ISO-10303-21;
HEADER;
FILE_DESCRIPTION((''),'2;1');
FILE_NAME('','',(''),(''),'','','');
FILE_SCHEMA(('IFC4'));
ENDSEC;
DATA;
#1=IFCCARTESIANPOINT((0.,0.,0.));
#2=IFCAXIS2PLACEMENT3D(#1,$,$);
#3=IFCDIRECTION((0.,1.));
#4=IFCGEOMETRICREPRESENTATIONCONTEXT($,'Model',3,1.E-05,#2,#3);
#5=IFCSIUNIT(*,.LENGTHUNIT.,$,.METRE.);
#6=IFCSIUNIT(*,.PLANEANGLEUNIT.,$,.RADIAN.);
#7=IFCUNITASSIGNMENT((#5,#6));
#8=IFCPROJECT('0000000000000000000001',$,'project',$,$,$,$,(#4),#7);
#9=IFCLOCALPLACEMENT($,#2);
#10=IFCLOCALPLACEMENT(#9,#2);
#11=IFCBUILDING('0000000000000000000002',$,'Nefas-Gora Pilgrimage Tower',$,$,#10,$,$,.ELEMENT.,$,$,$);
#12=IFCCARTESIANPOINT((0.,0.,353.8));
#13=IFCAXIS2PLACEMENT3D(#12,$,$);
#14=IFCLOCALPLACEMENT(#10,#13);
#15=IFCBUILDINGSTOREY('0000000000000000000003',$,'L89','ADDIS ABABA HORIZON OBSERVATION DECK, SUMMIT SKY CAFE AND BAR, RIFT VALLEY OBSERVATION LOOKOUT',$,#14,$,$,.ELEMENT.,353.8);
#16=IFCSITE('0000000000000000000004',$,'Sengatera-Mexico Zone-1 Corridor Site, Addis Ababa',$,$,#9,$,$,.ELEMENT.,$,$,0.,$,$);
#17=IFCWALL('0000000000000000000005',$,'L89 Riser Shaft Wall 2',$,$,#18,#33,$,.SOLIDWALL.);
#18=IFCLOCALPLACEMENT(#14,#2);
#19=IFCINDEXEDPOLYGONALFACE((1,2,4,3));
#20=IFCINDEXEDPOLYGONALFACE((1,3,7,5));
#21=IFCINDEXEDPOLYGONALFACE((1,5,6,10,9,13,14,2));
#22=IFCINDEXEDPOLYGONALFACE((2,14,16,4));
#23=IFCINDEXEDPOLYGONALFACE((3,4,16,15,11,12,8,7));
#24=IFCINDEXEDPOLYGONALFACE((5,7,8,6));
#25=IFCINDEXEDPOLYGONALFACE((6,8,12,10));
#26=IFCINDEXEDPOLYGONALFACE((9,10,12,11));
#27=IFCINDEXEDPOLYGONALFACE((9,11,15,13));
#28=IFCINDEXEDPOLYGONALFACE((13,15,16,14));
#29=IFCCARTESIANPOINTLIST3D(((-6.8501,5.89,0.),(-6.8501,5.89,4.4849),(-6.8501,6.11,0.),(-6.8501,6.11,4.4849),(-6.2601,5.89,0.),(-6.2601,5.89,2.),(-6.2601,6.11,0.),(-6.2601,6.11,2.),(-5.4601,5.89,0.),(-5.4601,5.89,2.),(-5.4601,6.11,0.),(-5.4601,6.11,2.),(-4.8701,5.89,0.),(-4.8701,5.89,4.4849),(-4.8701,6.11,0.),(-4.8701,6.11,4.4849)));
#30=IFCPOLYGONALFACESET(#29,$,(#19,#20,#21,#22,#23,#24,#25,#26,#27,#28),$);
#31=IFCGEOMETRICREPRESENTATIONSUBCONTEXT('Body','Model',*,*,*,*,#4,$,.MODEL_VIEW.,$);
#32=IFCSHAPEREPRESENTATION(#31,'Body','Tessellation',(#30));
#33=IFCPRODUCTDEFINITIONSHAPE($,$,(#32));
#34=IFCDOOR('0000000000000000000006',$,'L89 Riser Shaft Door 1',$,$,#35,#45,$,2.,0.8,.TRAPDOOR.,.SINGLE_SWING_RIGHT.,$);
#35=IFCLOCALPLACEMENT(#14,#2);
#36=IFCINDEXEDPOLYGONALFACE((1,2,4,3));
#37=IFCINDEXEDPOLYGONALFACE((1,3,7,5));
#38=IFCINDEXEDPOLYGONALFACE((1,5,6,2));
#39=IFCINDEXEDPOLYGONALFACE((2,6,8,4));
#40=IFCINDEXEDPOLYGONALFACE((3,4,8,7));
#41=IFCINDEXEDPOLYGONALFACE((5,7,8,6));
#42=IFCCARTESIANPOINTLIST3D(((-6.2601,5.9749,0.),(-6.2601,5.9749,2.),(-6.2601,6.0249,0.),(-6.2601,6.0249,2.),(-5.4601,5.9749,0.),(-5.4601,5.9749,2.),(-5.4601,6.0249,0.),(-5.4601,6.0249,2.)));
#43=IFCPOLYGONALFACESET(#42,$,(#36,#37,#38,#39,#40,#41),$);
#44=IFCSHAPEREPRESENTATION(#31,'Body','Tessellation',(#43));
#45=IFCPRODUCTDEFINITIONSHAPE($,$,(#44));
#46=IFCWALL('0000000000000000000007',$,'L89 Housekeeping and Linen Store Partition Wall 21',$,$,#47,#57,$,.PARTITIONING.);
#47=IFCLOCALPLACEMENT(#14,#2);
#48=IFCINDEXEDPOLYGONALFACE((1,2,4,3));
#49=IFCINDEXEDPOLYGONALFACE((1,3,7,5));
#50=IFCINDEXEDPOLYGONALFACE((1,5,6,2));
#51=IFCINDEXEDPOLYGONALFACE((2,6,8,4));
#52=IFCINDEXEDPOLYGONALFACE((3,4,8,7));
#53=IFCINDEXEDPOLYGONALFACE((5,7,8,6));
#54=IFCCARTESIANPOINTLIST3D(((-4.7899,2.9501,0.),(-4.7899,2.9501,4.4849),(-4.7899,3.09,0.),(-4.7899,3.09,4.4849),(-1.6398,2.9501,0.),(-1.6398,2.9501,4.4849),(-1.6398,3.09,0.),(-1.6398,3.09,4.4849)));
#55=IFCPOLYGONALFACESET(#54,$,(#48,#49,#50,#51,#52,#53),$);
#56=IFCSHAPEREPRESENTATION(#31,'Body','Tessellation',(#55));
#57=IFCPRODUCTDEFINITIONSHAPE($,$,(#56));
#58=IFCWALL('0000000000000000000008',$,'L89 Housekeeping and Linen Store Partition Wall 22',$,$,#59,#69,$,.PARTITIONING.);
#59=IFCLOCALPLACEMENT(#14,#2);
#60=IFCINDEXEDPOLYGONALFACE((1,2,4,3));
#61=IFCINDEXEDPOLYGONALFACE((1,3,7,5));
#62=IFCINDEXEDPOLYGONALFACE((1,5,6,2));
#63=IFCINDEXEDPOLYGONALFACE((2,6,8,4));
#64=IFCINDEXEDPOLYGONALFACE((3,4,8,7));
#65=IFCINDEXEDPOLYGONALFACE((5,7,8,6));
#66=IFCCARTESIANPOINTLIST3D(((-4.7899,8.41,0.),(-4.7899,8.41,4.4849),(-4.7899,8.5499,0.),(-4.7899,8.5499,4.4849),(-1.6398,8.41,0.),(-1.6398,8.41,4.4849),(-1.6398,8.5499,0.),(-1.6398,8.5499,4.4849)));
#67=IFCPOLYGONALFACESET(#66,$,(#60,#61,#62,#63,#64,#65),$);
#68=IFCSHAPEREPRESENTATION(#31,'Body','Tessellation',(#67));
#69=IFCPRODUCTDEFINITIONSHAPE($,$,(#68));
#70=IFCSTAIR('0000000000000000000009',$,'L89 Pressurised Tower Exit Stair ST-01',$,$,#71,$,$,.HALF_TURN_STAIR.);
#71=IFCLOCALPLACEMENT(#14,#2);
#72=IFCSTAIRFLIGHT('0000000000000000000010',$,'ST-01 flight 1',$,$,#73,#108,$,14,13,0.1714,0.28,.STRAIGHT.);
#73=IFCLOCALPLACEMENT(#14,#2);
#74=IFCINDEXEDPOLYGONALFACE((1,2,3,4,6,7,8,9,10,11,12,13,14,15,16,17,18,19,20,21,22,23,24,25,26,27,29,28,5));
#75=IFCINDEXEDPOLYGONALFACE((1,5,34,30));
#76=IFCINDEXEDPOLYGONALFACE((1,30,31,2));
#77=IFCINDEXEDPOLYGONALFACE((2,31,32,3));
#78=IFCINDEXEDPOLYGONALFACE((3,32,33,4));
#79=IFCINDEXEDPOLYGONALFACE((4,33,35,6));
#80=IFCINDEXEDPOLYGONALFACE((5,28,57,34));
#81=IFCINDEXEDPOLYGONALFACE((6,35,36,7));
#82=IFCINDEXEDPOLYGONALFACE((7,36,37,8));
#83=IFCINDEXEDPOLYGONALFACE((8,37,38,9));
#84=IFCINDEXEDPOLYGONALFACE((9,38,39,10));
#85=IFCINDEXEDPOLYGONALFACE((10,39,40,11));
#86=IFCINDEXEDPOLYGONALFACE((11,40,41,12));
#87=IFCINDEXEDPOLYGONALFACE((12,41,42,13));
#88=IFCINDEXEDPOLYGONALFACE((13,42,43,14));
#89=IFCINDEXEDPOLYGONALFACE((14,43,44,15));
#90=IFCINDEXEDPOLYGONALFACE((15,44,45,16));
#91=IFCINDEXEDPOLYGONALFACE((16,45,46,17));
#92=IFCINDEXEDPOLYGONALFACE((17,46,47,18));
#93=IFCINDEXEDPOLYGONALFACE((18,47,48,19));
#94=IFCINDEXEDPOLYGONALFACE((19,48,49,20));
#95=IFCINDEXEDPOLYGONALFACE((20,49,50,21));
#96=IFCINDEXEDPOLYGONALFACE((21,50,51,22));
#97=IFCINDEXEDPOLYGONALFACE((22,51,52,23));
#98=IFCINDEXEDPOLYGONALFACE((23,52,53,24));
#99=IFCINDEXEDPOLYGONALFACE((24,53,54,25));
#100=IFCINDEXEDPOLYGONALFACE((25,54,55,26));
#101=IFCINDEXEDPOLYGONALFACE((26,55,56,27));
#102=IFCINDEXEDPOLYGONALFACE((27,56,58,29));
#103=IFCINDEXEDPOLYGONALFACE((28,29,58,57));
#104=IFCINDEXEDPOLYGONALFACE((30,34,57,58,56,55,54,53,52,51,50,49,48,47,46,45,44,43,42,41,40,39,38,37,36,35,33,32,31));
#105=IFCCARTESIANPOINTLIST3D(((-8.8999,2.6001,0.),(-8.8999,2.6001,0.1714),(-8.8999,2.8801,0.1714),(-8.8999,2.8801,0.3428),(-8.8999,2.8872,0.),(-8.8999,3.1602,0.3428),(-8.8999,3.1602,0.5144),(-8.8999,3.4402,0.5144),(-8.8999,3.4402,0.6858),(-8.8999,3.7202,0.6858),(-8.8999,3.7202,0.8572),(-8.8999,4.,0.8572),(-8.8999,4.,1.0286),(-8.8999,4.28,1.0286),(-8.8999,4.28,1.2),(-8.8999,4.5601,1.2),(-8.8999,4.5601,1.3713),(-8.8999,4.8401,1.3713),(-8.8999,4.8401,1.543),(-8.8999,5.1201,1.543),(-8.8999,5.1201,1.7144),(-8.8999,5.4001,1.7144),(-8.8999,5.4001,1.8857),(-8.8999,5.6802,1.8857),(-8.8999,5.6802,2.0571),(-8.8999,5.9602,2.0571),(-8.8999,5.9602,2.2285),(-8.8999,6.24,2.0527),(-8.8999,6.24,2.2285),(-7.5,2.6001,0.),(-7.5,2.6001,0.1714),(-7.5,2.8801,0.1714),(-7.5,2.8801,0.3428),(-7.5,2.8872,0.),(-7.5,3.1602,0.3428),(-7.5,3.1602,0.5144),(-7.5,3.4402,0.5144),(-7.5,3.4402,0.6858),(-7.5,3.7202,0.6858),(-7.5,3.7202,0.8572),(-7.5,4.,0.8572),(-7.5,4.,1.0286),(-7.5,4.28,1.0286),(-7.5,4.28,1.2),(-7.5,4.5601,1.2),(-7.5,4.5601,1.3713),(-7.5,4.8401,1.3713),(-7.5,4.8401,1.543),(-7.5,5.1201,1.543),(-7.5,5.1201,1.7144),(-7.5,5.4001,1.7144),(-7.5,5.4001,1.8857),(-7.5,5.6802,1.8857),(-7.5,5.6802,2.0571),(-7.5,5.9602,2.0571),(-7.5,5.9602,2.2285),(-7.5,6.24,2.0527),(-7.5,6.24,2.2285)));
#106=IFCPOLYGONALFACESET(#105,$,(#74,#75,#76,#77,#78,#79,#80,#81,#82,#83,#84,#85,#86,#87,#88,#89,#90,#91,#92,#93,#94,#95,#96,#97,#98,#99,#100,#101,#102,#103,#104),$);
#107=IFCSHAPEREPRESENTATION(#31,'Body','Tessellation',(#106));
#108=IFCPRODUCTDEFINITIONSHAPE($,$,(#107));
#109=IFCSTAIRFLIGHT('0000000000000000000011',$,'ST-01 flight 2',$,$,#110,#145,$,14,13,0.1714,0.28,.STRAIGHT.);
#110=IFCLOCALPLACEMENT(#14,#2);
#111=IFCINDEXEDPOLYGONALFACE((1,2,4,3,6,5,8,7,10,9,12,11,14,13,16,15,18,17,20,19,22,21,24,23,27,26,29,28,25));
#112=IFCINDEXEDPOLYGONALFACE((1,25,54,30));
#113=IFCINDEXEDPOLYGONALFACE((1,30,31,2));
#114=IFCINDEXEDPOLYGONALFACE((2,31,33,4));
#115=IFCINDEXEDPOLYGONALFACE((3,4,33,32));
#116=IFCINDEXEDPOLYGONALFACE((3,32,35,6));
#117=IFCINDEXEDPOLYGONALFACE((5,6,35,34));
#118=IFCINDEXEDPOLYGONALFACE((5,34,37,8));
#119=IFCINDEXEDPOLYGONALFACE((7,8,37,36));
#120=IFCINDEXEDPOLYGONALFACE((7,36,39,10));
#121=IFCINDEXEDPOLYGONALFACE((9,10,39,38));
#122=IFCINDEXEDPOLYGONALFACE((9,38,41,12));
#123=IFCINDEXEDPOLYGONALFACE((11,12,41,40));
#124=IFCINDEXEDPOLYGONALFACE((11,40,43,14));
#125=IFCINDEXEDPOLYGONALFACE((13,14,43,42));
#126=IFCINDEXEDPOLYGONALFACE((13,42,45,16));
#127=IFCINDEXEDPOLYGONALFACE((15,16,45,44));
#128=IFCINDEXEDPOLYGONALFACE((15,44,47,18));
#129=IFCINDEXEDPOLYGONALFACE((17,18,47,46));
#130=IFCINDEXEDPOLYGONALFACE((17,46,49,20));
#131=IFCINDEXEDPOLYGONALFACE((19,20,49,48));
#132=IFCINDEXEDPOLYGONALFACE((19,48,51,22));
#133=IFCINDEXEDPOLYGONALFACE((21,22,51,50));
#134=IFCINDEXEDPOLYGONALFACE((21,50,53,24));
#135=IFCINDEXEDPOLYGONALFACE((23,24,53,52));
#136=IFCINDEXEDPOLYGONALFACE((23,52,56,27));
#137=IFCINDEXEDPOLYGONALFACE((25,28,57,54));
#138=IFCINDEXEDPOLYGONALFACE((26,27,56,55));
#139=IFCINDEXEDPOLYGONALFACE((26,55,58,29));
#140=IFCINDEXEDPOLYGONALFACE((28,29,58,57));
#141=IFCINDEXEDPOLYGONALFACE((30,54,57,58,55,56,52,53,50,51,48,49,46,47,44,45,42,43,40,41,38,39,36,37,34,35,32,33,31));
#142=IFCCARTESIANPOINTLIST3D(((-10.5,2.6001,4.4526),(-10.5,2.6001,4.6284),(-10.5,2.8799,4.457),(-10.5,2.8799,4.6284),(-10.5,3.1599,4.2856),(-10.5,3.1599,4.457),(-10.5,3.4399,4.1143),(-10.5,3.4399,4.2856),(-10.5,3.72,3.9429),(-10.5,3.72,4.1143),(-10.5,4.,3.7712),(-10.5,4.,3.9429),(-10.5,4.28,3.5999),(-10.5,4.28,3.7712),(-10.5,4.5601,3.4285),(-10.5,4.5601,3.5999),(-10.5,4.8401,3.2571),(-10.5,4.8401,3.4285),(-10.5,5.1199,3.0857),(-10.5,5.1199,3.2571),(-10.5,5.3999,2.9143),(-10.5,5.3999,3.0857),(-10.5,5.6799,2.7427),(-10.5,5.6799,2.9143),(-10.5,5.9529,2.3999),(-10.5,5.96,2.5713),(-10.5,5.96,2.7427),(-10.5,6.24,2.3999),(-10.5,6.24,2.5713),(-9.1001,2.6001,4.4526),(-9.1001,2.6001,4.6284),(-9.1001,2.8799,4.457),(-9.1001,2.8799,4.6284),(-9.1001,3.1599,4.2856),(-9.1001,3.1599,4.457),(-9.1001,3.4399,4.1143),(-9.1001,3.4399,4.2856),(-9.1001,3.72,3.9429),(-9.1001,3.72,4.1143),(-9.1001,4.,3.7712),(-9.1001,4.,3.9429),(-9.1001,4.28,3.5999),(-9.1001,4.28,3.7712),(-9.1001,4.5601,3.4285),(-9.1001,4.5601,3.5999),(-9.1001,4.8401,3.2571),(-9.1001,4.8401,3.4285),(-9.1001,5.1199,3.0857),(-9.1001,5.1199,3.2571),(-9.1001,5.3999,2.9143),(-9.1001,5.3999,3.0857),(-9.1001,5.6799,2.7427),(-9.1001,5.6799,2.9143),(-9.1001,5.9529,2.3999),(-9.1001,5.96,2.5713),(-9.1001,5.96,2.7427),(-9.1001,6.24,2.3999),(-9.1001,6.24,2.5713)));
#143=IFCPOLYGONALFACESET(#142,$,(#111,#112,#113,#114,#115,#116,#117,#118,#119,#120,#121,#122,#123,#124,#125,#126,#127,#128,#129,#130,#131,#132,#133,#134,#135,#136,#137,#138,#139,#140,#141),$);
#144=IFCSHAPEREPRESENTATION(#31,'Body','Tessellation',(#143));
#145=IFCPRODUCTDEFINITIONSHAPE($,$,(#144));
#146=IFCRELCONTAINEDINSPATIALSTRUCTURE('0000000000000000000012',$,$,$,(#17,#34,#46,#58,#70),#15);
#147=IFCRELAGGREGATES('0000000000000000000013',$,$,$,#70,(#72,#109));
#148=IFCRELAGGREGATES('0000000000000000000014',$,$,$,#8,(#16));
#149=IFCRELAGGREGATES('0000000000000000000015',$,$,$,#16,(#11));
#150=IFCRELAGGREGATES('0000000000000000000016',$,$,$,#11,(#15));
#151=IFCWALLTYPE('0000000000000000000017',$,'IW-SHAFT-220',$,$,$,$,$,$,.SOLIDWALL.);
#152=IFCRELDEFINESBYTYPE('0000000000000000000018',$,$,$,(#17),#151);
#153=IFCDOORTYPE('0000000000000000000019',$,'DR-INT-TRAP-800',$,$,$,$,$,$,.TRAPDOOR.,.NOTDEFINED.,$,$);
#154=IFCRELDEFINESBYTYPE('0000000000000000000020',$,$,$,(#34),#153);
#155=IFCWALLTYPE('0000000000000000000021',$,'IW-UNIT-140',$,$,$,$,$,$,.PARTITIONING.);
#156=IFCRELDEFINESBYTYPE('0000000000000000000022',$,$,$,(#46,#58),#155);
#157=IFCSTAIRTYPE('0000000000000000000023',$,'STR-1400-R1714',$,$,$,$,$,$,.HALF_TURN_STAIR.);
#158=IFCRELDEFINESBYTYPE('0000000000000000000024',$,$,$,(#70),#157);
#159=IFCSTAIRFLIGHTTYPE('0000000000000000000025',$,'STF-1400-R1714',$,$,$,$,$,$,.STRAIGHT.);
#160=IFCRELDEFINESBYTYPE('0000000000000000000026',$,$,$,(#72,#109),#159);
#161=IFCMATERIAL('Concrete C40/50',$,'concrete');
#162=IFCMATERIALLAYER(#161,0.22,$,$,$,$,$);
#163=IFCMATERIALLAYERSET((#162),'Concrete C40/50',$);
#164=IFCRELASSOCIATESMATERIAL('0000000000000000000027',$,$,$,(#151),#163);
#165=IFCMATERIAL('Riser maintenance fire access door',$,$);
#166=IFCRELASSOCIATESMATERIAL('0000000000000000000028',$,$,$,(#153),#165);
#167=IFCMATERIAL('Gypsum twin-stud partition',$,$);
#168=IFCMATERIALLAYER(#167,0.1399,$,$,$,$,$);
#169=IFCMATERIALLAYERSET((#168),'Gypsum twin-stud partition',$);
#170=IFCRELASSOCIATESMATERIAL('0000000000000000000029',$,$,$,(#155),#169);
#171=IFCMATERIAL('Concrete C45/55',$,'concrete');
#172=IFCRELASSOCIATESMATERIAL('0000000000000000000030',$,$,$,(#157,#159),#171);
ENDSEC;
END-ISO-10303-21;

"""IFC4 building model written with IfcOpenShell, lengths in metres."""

from ifc_helpers import new_model, si_unit, direction, frame, frame_2d, origin, place, context, subcontext, project, spatial, polyline, rectangle, outline, extrude, source, transform, mapped, material, layer, layer_set, type_object, element, fill, aggregate, save


model = new_model("IFC4")

# Units and contexts
model_context = context("Model", 3, precision=1e-05, world=origin(), true_north=direction((0.0, 1.0)))
body_context = subcontext(model_context, "Body", "Model", "MODEL_VIEW")
ifc_project = project(units=[si_unit("LENGTHUNIT", "METRE"), si_unit("PLANEANGLEUNIT", "RADIAN")], contexts=[model_context])

# Site, building, storey
site_placement = place(None, origin())
site = spatial("IfcSite", under=ifc_project, at=site_placement, Name="Sengatera-Mexico Zone-1 Corridor Site, Addis Ababa", CompositionType="ELEMENT", RefElevation=0.0)
building_placement = place(site_placement, origin())
building = spatial("IfcBuilding", under=site, at=building_placement, Name="Nefas-Gora Pilgrimage Tower", CompositionType="ELEMENT")
storey_placement = place(building_placement, frame((0.0, 0.0, 353.8)))
storey = spatial("IfcBuildingStorey", under=building, at=storey_placement, Name="L89", Description="ADDIS ABABA HORIZON OBSERVATION DECK, SUMMIT SKY CAFE AND BAR, RIFT VALLEY OBSERVATION LOOKOUT", CompositionType="ELEMENT", Elevation=353.8)

# Shared definitions
ifc_material_1 = material(Name="Concrete C45/55", Category="concrete")

# Shared definitions
ifc_material_2 = material(Name="Concrete C40/50", Category="concrete")
ifc_layer_1 = layer(ifc_material_2, 0.22)
ifc_layer_set_1 = layer_set([ifc_layer_1], Name="Concrete C40/50")
wall_type_1 = type_object("IfcWallType", Name="IW-SHAFT-220", PredefinedType="SOLIDWALL", material=ifc_layer_set_1)

# Wall, opening, door
shared_shape_1 = source(origin(), body_context, "Body", "SweptSolid", [
    extrude(rectangle(XDim=1.98, YDim=0.22, at=frame_2d((0.99, 0.0))), origin(), (0.0, 0.0, 1.0), 4.4849),
])
wall_1_placement = place(storey_placement, frame((-6.8501, 6.0, 0.0), z_axis=(0.0, 0.0, 1.0), x_axis=(1.0, 0.0, 0.0)))
wall_1 = element("IfcWall", 1, at=wall_1_placement, inside=storey, type_object=wall_type_1, Name="L89 Riser Shaft Wall 2", PredefinedType="SOLIDWALL", context=body_context, shape_type="MappedRepresentation", body=[
    mapped(shared_shape_1, transform((0.0, 0.0, 0.0), x_axis=(1.0, 0.0, 0.0), y_axis=(0.0, 1.0, 0.0), z_axis=(0.0, 0.0, 1.0), scale=1.0)),
])
opening_1_placement = place(wall_1_placement, frame((0.5901, 0.0, 0.0)))
opening_1 = element("IfcOpeningElement", 2, at=opening_1_placement, cuts=wall_1, PredefinedType="OPENING", context=body_context, shape_type="SweptSolid", body=[
    extrude(rectangle(XDim=0.8, YDim=2.0, at=frame_2d((0.3999, 1.0))), frame((0.0, 0.1199, 0.0), z_axis=(0.0, -1.0, 0.0), x_axis=(1.0, 0.0, 0.0)), (0.0, 0.0, 1.0), 0.24),
])
ifc_material_3 = material(Name="Riser maintenance fire access door")
door_type_1 = type_object("IfcDoorType", Name="DR-INT-TRAP-800", OperationType="NOTDEFINED", PredefinedType="TRAPDOOR", material=ifc_material_3)
shared_shape_2 = source(origin(), body_context, "Body", "SweptSolid", [
    extrude(rectangle(XDim=0.8, YDim=2.0, at=frame_2d((0.3999, 1.0))), frame((0.0, 0.0249, 0.0), z_axis=(0.0, -1.0, 0.0), x_axis=(1.0, 0.0, 0.0)), (0.0, 0.0, 1.0), 0.05),
])
door_1_placement = place(opening_1_placement, origin())
door_1 = element("IfcDoor", 3, at=door_1_placement, inside=storey, type_object=door_type_1, Name="L89 Riser Shaft Door 1", OperationType="SINGLE_SWING_RIGHT", OverallHeight=2.0, OverallWidth=0.8, PredefinedType="TRAPDOOR", context=body_context, shape_type="MappedRepresentation", body=[
    mapped(shared_shape_2, transform((0.0, 0.0, 0.0), x_axis=(1.0, 0.0, 0.0), y_axis=(0.0, 1.0, 0.0), z_axis=(0.0, 0.0, 1.0), scale=1.0)),
])
fill(opening_1, door_1)

# Walls
ifc_material_4 = material(Name="Gypsum twin-stud partition")
ifc_layer_2 = layer(ifc_material_4, 0.1399)
ifc_layer_set_2 = layer_set([ifc_layer_2], Name="Gypsum twin-stud partition")
wall_type_2 = type_object("IfcWallType", Name="IW-UNIT-140", PredefinedType="PARTITIONING", material=ifc_layer_set_2)
shared_shape_3 = source(origin(), body_context, "Body", "SweptSolid", [
    extrude(rectangle(XDim=3.1501, YDim=0.1399, at=frame_2d((1.5752, 0.0))), origin(), (0.0, 0.0, 1.0), 4.4849),
])
for number, where, z_axis, x_axis, name in (
    (4, (-4.79, 3.02, 0.0), (0.0, 0.0, 1.0), (1.0, 0.0, 0.0), "L89 Housekeeping and Linen Store Partition Wall 21"),
    (5, (-4.79, 8.48, 0.0), (0.0, 0.0, 1.0), (1.0, 0.0, 0.0), "L89 Housekeeping and Linen Store Partition Wall 22"),
):
    element("IfcWall", number, at=place(storey_placement, frame(where, z_axis=z_axis, x_axis=x_axis)), inside=storey, type_object=wall_type_2, Name=name, PredefinedType="PARTITIONING", context=body_context, shape_type="MappedRepresentation", body=[
        mapped(shared_shape_3, transform((0.0, 0.0, 0.0), x_axis=(1.0, 0.0, 0.0), y_axis=(0.0, 1.0, 0.0), z_axis=(0.0, 0.0, 1.0), scale=1.0)),
    ])

# Stair, stair flights
stair_type = type_object("IfcStairType", Name="STR-1400-R1714", PredefinedType="HALF_TURN_STAIR", material=ifc_material_1)
stair_placement = place(storey_placement, origin())
stair = element("IfcStair", 6, at=stair_placement, inside=storey, type_object=stair_type, Name="L89 Pressurised Tower Exit Stair ST-01", PredefinedType="HALF_TURN_STAIR")
stair_flight_type = type_object("IfcStairFlightType", Name="STF-1400-R1714", PredefinedType="STRAIGHT", material=ifc_material_1)
shared_shape_4 = source(origin(), body_context, "Body", "SweptSolid", [
    extrude(outline(polyline([(0.0, 0.0), (0.0, 0.1714), (0.28, 0.1714), (0.28, 0.3428), (0.5601, 0.3428), (0.5601, 0.5144), (0.8401, 0.5144), (0.8401, 0.6858), (1.1201, 0.6858), (1.1201, 0.8572), (1.3999, 0.8572), (1.3999, 1.0286), (1.6799, 1.0286), (1.6799, 1.2), (1.96, 1.2), (1.96, 1.3713), (2.24, 1.3713), (2.24, 1.543), (2.52, 1.543), (2.52, 1.7144), (2.8, 1.7144), (2.8, 1.8857), (3.0801, 1.8857), (3.0801, 2.0571), (3.3601, 2.0571), (3.3601, 2.2285), (3.6399, 2.2285), (3.6399, 2.3999), (3.6399, 2.0527), (0.2871, 0.0), (0.0, 0.0)])), frame((0.0, 0.7, 0.0), z_axis=(0.0, -1.0, 0.0), x_axis=(1.0, 0.0, 0.0)), (0.0, 0.0, 1.0), 1.3999),
])
stair_flight_1_placement = place(storey_placement, frame((-8.2, 2.6001, 0.0), z_axis=(0.0, 0.0, 1.0), x_axis=(0.0, 1.0, 0.0)))
stair_flight_1 = element("IfcStairFlight", 7, at=stair_flight_1_placement, type_object=stair_flight_type, Name="ST-01 flight 1", NumberOfRisers=14, NumberOfTreads=13, PredefinedType="STRAIGHT", RiserHeight=0.1714, TreadLength=0.28, context=body_context, shape_type="MappedRepresentation", body=[
    mapped(shared_shape_4, transform((0.0, 0.0, 0.0), x_axis=(1.0, 0.0, 0.0), y_axis=(0.0, 1.0, 0.0), z_axis=(0.0, 0.0, 1.0), scale=1.0)),
])
stair_flight_2_placement = place(storey_placement, frame((-9.8, 6.24, 2.3999), z_axis=(0.0, 0.0, 1.0), x_axis=(0.0, -1.0, 0.0)))
stair_flight_2 = element("IfcStairFlight", 8, at=stair_flight_2_placement, type_object=stair_flight_type, Name="ST-01 flight 2", NumberOfRisers=14, NumberOfTreads=13, PredefinedType="STRAIGHT", RiserHeight=0.1714, TreadLength=0.28, context=body_context, shape_type="MappedRepresentation", body=[
    mapped(shared_shape_4, transform((0.0, 0.0, 0.0), x_axis=(1.0, 0.0, 0.0), y_axis=(0.0, 1.0, 0.0), z_axis=(0.0, 0.0, 1.0), scale=1.0)),
])
aggregate(stair, [stair_flight_1, stair_flight_2])

save(model, "model.ifc")
